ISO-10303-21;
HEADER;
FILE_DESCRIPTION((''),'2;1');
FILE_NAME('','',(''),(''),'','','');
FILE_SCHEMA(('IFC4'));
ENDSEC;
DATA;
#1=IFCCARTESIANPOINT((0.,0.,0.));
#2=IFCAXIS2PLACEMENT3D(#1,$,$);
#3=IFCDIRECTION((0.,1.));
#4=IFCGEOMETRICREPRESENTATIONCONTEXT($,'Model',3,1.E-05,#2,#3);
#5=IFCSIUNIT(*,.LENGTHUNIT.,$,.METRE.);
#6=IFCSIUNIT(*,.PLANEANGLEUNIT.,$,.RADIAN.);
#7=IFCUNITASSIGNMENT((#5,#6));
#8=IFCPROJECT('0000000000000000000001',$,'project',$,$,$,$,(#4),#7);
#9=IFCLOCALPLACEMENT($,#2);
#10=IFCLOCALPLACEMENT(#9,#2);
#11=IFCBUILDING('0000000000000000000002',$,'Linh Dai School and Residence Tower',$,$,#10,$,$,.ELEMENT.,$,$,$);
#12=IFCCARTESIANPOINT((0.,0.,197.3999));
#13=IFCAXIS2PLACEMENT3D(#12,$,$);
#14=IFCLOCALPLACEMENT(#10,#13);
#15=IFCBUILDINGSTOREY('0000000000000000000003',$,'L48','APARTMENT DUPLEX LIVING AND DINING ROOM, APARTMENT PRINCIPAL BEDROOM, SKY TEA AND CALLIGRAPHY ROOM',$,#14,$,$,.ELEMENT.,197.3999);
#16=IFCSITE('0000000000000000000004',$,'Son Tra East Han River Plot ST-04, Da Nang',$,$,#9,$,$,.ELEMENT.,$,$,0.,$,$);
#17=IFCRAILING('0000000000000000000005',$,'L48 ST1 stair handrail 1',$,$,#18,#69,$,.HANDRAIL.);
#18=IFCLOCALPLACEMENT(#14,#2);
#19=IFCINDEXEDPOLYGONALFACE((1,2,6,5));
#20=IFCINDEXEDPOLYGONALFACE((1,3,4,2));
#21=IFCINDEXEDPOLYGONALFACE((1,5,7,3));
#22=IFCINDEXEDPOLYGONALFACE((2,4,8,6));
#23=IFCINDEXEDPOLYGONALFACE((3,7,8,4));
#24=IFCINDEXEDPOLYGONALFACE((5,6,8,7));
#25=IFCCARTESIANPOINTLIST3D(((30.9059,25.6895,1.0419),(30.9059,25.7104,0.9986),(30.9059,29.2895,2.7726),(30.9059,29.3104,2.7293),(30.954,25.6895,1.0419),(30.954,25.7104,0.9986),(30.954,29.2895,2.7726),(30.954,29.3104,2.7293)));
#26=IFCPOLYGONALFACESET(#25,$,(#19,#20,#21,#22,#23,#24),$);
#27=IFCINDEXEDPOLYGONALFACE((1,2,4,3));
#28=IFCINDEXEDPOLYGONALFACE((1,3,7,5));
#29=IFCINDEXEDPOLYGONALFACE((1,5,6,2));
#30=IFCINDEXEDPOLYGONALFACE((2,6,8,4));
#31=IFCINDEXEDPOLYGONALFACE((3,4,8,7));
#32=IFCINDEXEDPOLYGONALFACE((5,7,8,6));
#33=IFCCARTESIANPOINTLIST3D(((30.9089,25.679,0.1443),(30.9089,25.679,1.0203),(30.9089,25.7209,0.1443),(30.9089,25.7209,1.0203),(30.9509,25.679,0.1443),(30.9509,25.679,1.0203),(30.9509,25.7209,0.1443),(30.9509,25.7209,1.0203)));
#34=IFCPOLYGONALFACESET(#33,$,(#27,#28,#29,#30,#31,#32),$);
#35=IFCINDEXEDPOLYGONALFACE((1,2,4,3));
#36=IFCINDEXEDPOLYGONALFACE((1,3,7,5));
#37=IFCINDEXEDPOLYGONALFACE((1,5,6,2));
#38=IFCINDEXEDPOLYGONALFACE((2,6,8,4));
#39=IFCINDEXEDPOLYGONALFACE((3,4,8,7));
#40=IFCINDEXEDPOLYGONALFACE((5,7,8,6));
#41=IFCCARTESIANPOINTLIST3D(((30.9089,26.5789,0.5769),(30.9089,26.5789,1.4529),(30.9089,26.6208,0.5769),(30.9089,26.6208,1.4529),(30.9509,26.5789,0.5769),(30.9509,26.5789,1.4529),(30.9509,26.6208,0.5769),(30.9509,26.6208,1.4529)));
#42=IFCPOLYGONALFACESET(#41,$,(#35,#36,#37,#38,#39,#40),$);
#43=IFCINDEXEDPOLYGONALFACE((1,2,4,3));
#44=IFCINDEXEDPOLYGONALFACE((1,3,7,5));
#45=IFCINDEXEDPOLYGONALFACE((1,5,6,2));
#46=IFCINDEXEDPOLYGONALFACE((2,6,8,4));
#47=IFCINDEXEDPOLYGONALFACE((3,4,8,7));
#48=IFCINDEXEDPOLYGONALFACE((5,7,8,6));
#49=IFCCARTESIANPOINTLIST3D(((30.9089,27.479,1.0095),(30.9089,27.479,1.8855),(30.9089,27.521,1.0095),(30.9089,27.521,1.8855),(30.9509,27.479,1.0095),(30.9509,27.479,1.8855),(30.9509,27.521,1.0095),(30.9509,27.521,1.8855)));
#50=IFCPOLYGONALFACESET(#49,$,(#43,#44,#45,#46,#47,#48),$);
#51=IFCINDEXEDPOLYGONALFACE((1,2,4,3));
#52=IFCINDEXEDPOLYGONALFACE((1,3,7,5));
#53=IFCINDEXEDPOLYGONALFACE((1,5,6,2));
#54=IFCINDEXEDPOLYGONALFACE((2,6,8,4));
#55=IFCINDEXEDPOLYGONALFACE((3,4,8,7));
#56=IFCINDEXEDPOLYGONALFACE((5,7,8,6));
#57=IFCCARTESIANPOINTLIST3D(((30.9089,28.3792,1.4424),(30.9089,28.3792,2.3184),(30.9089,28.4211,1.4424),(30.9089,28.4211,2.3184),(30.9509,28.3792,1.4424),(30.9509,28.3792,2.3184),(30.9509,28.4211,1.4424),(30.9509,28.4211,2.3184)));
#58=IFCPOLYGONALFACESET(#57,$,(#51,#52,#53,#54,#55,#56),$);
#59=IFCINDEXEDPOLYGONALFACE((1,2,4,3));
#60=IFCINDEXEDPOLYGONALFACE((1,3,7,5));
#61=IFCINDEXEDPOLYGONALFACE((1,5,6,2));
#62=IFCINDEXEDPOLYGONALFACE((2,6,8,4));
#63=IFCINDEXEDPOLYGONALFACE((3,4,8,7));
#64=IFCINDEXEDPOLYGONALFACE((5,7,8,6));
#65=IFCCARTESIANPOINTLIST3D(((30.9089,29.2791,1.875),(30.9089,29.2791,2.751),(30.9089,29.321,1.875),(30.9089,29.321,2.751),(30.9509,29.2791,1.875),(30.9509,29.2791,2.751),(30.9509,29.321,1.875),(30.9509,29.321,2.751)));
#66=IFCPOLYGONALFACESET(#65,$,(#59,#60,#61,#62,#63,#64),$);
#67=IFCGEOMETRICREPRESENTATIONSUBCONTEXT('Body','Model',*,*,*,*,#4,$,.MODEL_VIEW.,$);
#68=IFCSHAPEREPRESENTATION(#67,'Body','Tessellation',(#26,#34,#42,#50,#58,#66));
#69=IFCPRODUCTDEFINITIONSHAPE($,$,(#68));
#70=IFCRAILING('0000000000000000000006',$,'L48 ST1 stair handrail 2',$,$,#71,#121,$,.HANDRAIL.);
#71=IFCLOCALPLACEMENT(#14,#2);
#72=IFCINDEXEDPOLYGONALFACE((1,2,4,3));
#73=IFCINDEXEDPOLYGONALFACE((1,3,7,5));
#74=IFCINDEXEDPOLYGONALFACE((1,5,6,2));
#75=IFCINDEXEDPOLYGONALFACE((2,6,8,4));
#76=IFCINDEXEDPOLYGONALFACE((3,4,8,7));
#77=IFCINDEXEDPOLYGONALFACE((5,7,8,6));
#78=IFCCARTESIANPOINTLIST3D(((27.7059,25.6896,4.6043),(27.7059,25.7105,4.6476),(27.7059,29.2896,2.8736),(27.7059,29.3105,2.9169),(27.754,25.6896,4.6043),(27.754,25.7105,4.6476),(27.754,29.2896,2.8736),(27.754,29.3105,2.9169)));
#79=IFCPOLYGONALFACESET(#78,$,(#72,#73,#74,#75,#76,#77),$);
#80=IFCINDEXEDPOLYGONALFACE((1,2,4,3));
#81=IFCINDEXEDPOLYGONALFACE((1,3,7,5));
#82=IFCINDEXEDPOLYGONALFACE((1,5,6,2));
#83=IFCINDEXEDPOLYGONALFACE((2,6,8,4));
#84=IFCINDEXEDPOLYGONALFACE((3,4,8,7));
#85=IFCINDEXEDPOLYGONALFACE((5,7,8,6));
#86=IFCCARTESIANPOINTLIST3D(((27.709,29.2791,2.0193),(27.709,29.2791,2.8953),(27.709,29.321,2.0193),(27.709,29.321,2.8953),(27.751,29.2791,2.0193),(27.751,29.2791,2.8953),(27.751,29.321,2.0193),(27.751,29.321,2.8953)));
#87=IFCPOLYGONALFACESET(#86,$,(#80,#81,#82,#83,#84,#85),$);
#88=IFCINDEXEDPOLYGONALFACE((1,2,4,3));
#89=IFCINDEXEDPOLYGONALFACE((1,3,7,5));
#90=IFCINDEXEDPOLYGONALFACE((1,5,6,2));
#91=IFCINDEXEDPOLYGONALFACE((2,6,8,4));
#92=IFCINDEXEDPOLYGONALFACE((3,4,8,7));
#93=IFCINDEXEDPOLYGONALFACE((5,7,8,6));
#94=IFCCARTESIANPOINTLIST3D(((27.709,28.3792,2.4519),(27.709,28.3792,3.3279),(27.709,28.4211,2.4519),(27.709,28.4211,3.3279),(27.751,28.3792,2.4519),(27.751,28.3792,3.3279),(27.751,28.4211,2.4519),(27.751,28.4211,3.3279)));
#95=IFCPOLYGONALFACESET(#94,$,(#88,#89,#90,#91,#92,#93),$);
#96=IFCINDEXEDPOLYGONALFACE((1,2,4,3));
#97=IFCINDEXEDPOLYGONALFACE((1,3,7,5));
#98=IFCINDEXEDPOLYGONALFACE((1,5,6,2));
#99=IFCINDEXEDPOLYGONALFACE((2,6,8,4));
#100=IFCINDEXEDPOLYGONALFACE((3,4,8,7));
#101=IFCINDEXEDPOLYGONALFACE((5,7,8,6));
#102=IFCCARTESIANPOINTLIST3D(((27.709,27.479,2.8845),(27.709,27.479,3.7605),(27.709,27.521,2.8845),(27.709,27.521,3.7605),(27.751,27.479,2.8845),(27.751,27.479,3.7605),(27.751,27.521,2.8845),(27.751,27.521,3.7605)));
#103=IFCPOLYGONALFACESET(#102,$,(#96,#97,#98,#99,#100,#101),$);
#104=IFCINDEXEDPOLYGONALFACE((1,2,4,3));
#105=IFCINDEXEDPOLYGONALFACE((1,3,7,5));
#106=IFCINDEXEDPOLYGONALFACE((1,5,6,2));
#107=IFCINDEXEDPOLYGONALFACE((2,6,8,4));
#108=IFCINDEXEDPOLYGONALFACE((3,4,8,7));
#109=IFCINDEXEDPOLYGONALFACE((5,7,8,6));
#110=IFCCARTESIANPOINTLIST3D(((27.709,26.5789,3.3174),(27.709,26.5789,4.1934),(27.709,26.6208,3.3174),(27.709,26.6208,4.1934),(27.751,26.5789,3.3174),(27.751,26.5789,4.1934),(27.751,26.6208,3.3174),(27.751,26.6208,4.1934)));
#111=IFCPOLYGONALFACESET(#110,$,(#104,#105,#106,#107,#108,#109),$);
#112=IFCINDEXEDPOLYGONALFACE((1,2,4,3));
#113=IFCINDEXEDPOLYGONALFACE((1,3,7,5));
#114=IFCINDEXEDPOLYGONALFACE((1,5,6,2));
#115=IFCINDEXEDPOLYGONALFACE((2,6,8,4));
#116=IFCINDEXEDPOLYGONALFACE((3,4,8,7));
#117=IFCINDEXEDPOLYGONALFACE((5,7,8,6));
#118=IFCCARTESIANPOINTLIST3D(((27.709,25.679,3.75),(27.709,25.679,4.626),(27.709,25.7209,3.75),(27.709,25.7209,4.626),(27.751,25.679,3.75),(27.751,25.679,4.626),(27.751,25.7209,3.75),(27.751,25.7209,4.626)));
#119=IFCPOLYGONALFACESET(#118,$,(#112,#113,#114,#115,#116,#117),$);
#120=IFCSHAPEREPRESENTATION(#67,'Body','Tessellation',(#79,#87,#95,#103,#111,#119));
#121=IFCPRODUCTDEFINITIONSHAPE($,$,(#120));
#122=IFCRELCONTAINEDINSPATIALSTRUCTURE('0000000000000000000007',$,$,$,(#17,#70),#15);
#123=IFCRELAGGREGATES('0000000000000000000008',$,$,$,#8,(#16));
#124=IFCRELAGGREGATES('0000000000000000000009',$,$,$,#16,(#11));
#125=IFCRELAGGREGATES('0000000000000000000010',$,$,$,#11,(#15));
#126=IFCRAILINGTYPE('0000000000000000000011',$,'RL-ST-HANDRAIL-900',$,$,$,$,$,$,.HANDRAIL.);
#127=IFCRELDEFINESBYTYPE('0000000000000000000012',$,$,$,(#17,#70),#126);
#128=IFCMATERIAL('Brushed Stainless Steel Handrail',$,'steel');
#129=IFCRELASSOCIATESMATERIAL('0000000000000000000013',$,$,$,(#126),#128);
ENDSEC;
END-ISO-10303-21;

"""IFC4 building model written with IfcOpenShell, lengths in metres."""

from ifc_helpers import new_model, si_unit, direction, frame, origin, origin_2d, place, context, subcontext, project, spatial, rectangle, extrude, source, transform, mapped, material, type_object, element, save


model = new_model("IFC4")

# Units and contexts
model_context = context("Model", 3, precision=1e-05, world=origin(), true_north=direction((0.0, 1.0)))
body_context = subcontext(model_context, "Body", "Model", "MODEL_VIEW")
ifc_project = project(units=[si_unit("LENGTHUNIT", "METRE"), si_unit("PLANEANGLEUNIT", "RADIAN")], contexts=[model_context])

# Site, building, storey
site_placement = place(None, origin())
site = spatial("IfcSite", under=ifc_project, at=site_placement, Name="Son Tra East Han River Plot ST-04, Da Nang", CompositionType="ELEMENT", RefElevation=0.0)
building_placement = place(site_placement, origin())
building = spatial("IfcBuilding", under=site, at=building_placement, Name="Linh Dai School and Residence Tower", CompositionType="ELEMENT")
storey_placement = place(building_placement, frame((0.0, 0.0, 197.3999)))
storey = spatial("IfcBuildingStorey", under=building, at=storey_placement, Name="L48", Description="APARTMENT DUPLEX LIVING AND DINING ROOM, APARTMENT PRINCIPAL BEDROOM, SKY TEA AND CALLIGRAPHY ROOM", CompositionType="ELEMENT", Elevation=197.3999)

# Railings
ifc_material_1 = material(Name="Brushed Stainless Steel Handrail", Category="steel")
railing_type_1 = type_object("IfcRailingType", Name="RL-ST-HANDRAIL-900", PredefinedType="HANDRAIL", material=ifc_material_1)
shared_shape_1 = source(origin(), body_context, "Body", "SweptSolid", [
    extrude(rectangle(XDim=0.0481, YDim=0.0481, at=origin_2d()), frame((0.0, 0.0, 0.876), z_axis=(0.0, 0.901263, 0.433273), x_axis=(-1.0, 0.0, 0.0)), (0.0, 0.0, 1.0), 3.9944),
    extrude(rectangle(XDim=0.042, YDim=0.042, at=origin_2d()), origin(), (0.0, 0.0, 1.0), 0.876),
    extrude(rectangle(XDim=0.042, YDim=0.042, at=origin_2d()), frame((0.0, 0.8999, 0.4326)), (0.0, 0.0, 1.0), 0.876),
    extrude(rectangle(XDim=0.042, YDim=0.042, at=origin_2d()), frame((0.0, 1.8, 0.8652)), (0.0, 0.0, 1.0), 0.876),
    extrude(rectangle(XDim=0.042, YDim=0.042, at=origin_2d()), frame((0.0, 2.7002, 1.2981)), (0.0, 0.0, 1.0), 0.876),
    extrude(rectangle(XDim=0.042, YDim=0.042, at=origin_2d()), frame((0.0, 3.6001, 1.7307)), (0.0, 0.0, 1.0), 0.876),
])
railing_1_placement = place(storey_placement, frame((30.9299, 25.7, 0.1443)))
element("IfcRailing", 1, at=railing_1_placement, inside=storey, type_object=railing_type_1, Name="L48 ST1 stair handrail 1", PredefinedType="HANDRAIL", context=body_context, shape_type="MappedRepresentation", body=[
    mapped(shared_shape_1, transform((0.0, 0.0, 0.0), x_axis=(1.0, 0.0, 0.0), y_axis=(0.0, 1.0, 0.0), z_axis=(0.0, 0.0, 1.0), scale=1.0)),
])
shared_shape_2 = source(origin(), body_context, "Body", "SweptSolid", [
    extrude(rectangle(XDim=0.0481, YDim=0.0481, at=origin_2d()), frame((0.0, 0.0, 0.876), z_axis=(0.0, -0.901263, 0.433273), x_axis=(1.0, 0.0, 0.0)), (0.0, 0.0, 1.0), 3.9944),
    extrude(rectangle(XDim=0.042, YDim=0.042, at=origin_2d()), origin(), (0.0, 0.0, 1.0), 0.876),
    extrude(rectangle(XDim=0.042, YDim=0.042, at=origin_2d()), frame((0.0, -0.8999, 0.4326)), (0.0, 0.0, 1.0), 0.876),
    extrude(rectangle(XDim=0.042, YDim=0.042, at=origin_2d()), frame((0.0, -1.8, 0.8652)), (0.0, 0.0, 1.0), 0.876),
    extrude(rectangle(XDim=0.042, YDim=0.042, at=origin_2d()), frame((0.0, -2.7002, 1.2981)), (0.0, 0.0, 1.0), 0.876),
    extrude(rectangle(XDim=0.042, YDim=0.042, at=origin_2d()), frame((0.0, -3.6001, 1.7307)), (0.0, 0.0, 1.0), 0.876),
])
railing_2_placement = place(storey_placement, frame((27.73, 29.3, 2.0193)))
element("IfcRailing", 2, at=railing_2_placement, inside=storey, type_object=railing_type_1, Name="L48 ST1 stair handrail 2", PredefinedType="HANDRAIL", context=body_context, shape_type="MappedRepresentation", body=[
    mapped(shared_shape_2, transform((0.0, 0.0, 0.0), x_axis=(1.0, 0.0, 0.0), y_axis=(0.0, 1.0, 0.0), z_axis=(0.0, 0.0, 1.0), scale=1.0)),
])

save(model, "model.ifc")
